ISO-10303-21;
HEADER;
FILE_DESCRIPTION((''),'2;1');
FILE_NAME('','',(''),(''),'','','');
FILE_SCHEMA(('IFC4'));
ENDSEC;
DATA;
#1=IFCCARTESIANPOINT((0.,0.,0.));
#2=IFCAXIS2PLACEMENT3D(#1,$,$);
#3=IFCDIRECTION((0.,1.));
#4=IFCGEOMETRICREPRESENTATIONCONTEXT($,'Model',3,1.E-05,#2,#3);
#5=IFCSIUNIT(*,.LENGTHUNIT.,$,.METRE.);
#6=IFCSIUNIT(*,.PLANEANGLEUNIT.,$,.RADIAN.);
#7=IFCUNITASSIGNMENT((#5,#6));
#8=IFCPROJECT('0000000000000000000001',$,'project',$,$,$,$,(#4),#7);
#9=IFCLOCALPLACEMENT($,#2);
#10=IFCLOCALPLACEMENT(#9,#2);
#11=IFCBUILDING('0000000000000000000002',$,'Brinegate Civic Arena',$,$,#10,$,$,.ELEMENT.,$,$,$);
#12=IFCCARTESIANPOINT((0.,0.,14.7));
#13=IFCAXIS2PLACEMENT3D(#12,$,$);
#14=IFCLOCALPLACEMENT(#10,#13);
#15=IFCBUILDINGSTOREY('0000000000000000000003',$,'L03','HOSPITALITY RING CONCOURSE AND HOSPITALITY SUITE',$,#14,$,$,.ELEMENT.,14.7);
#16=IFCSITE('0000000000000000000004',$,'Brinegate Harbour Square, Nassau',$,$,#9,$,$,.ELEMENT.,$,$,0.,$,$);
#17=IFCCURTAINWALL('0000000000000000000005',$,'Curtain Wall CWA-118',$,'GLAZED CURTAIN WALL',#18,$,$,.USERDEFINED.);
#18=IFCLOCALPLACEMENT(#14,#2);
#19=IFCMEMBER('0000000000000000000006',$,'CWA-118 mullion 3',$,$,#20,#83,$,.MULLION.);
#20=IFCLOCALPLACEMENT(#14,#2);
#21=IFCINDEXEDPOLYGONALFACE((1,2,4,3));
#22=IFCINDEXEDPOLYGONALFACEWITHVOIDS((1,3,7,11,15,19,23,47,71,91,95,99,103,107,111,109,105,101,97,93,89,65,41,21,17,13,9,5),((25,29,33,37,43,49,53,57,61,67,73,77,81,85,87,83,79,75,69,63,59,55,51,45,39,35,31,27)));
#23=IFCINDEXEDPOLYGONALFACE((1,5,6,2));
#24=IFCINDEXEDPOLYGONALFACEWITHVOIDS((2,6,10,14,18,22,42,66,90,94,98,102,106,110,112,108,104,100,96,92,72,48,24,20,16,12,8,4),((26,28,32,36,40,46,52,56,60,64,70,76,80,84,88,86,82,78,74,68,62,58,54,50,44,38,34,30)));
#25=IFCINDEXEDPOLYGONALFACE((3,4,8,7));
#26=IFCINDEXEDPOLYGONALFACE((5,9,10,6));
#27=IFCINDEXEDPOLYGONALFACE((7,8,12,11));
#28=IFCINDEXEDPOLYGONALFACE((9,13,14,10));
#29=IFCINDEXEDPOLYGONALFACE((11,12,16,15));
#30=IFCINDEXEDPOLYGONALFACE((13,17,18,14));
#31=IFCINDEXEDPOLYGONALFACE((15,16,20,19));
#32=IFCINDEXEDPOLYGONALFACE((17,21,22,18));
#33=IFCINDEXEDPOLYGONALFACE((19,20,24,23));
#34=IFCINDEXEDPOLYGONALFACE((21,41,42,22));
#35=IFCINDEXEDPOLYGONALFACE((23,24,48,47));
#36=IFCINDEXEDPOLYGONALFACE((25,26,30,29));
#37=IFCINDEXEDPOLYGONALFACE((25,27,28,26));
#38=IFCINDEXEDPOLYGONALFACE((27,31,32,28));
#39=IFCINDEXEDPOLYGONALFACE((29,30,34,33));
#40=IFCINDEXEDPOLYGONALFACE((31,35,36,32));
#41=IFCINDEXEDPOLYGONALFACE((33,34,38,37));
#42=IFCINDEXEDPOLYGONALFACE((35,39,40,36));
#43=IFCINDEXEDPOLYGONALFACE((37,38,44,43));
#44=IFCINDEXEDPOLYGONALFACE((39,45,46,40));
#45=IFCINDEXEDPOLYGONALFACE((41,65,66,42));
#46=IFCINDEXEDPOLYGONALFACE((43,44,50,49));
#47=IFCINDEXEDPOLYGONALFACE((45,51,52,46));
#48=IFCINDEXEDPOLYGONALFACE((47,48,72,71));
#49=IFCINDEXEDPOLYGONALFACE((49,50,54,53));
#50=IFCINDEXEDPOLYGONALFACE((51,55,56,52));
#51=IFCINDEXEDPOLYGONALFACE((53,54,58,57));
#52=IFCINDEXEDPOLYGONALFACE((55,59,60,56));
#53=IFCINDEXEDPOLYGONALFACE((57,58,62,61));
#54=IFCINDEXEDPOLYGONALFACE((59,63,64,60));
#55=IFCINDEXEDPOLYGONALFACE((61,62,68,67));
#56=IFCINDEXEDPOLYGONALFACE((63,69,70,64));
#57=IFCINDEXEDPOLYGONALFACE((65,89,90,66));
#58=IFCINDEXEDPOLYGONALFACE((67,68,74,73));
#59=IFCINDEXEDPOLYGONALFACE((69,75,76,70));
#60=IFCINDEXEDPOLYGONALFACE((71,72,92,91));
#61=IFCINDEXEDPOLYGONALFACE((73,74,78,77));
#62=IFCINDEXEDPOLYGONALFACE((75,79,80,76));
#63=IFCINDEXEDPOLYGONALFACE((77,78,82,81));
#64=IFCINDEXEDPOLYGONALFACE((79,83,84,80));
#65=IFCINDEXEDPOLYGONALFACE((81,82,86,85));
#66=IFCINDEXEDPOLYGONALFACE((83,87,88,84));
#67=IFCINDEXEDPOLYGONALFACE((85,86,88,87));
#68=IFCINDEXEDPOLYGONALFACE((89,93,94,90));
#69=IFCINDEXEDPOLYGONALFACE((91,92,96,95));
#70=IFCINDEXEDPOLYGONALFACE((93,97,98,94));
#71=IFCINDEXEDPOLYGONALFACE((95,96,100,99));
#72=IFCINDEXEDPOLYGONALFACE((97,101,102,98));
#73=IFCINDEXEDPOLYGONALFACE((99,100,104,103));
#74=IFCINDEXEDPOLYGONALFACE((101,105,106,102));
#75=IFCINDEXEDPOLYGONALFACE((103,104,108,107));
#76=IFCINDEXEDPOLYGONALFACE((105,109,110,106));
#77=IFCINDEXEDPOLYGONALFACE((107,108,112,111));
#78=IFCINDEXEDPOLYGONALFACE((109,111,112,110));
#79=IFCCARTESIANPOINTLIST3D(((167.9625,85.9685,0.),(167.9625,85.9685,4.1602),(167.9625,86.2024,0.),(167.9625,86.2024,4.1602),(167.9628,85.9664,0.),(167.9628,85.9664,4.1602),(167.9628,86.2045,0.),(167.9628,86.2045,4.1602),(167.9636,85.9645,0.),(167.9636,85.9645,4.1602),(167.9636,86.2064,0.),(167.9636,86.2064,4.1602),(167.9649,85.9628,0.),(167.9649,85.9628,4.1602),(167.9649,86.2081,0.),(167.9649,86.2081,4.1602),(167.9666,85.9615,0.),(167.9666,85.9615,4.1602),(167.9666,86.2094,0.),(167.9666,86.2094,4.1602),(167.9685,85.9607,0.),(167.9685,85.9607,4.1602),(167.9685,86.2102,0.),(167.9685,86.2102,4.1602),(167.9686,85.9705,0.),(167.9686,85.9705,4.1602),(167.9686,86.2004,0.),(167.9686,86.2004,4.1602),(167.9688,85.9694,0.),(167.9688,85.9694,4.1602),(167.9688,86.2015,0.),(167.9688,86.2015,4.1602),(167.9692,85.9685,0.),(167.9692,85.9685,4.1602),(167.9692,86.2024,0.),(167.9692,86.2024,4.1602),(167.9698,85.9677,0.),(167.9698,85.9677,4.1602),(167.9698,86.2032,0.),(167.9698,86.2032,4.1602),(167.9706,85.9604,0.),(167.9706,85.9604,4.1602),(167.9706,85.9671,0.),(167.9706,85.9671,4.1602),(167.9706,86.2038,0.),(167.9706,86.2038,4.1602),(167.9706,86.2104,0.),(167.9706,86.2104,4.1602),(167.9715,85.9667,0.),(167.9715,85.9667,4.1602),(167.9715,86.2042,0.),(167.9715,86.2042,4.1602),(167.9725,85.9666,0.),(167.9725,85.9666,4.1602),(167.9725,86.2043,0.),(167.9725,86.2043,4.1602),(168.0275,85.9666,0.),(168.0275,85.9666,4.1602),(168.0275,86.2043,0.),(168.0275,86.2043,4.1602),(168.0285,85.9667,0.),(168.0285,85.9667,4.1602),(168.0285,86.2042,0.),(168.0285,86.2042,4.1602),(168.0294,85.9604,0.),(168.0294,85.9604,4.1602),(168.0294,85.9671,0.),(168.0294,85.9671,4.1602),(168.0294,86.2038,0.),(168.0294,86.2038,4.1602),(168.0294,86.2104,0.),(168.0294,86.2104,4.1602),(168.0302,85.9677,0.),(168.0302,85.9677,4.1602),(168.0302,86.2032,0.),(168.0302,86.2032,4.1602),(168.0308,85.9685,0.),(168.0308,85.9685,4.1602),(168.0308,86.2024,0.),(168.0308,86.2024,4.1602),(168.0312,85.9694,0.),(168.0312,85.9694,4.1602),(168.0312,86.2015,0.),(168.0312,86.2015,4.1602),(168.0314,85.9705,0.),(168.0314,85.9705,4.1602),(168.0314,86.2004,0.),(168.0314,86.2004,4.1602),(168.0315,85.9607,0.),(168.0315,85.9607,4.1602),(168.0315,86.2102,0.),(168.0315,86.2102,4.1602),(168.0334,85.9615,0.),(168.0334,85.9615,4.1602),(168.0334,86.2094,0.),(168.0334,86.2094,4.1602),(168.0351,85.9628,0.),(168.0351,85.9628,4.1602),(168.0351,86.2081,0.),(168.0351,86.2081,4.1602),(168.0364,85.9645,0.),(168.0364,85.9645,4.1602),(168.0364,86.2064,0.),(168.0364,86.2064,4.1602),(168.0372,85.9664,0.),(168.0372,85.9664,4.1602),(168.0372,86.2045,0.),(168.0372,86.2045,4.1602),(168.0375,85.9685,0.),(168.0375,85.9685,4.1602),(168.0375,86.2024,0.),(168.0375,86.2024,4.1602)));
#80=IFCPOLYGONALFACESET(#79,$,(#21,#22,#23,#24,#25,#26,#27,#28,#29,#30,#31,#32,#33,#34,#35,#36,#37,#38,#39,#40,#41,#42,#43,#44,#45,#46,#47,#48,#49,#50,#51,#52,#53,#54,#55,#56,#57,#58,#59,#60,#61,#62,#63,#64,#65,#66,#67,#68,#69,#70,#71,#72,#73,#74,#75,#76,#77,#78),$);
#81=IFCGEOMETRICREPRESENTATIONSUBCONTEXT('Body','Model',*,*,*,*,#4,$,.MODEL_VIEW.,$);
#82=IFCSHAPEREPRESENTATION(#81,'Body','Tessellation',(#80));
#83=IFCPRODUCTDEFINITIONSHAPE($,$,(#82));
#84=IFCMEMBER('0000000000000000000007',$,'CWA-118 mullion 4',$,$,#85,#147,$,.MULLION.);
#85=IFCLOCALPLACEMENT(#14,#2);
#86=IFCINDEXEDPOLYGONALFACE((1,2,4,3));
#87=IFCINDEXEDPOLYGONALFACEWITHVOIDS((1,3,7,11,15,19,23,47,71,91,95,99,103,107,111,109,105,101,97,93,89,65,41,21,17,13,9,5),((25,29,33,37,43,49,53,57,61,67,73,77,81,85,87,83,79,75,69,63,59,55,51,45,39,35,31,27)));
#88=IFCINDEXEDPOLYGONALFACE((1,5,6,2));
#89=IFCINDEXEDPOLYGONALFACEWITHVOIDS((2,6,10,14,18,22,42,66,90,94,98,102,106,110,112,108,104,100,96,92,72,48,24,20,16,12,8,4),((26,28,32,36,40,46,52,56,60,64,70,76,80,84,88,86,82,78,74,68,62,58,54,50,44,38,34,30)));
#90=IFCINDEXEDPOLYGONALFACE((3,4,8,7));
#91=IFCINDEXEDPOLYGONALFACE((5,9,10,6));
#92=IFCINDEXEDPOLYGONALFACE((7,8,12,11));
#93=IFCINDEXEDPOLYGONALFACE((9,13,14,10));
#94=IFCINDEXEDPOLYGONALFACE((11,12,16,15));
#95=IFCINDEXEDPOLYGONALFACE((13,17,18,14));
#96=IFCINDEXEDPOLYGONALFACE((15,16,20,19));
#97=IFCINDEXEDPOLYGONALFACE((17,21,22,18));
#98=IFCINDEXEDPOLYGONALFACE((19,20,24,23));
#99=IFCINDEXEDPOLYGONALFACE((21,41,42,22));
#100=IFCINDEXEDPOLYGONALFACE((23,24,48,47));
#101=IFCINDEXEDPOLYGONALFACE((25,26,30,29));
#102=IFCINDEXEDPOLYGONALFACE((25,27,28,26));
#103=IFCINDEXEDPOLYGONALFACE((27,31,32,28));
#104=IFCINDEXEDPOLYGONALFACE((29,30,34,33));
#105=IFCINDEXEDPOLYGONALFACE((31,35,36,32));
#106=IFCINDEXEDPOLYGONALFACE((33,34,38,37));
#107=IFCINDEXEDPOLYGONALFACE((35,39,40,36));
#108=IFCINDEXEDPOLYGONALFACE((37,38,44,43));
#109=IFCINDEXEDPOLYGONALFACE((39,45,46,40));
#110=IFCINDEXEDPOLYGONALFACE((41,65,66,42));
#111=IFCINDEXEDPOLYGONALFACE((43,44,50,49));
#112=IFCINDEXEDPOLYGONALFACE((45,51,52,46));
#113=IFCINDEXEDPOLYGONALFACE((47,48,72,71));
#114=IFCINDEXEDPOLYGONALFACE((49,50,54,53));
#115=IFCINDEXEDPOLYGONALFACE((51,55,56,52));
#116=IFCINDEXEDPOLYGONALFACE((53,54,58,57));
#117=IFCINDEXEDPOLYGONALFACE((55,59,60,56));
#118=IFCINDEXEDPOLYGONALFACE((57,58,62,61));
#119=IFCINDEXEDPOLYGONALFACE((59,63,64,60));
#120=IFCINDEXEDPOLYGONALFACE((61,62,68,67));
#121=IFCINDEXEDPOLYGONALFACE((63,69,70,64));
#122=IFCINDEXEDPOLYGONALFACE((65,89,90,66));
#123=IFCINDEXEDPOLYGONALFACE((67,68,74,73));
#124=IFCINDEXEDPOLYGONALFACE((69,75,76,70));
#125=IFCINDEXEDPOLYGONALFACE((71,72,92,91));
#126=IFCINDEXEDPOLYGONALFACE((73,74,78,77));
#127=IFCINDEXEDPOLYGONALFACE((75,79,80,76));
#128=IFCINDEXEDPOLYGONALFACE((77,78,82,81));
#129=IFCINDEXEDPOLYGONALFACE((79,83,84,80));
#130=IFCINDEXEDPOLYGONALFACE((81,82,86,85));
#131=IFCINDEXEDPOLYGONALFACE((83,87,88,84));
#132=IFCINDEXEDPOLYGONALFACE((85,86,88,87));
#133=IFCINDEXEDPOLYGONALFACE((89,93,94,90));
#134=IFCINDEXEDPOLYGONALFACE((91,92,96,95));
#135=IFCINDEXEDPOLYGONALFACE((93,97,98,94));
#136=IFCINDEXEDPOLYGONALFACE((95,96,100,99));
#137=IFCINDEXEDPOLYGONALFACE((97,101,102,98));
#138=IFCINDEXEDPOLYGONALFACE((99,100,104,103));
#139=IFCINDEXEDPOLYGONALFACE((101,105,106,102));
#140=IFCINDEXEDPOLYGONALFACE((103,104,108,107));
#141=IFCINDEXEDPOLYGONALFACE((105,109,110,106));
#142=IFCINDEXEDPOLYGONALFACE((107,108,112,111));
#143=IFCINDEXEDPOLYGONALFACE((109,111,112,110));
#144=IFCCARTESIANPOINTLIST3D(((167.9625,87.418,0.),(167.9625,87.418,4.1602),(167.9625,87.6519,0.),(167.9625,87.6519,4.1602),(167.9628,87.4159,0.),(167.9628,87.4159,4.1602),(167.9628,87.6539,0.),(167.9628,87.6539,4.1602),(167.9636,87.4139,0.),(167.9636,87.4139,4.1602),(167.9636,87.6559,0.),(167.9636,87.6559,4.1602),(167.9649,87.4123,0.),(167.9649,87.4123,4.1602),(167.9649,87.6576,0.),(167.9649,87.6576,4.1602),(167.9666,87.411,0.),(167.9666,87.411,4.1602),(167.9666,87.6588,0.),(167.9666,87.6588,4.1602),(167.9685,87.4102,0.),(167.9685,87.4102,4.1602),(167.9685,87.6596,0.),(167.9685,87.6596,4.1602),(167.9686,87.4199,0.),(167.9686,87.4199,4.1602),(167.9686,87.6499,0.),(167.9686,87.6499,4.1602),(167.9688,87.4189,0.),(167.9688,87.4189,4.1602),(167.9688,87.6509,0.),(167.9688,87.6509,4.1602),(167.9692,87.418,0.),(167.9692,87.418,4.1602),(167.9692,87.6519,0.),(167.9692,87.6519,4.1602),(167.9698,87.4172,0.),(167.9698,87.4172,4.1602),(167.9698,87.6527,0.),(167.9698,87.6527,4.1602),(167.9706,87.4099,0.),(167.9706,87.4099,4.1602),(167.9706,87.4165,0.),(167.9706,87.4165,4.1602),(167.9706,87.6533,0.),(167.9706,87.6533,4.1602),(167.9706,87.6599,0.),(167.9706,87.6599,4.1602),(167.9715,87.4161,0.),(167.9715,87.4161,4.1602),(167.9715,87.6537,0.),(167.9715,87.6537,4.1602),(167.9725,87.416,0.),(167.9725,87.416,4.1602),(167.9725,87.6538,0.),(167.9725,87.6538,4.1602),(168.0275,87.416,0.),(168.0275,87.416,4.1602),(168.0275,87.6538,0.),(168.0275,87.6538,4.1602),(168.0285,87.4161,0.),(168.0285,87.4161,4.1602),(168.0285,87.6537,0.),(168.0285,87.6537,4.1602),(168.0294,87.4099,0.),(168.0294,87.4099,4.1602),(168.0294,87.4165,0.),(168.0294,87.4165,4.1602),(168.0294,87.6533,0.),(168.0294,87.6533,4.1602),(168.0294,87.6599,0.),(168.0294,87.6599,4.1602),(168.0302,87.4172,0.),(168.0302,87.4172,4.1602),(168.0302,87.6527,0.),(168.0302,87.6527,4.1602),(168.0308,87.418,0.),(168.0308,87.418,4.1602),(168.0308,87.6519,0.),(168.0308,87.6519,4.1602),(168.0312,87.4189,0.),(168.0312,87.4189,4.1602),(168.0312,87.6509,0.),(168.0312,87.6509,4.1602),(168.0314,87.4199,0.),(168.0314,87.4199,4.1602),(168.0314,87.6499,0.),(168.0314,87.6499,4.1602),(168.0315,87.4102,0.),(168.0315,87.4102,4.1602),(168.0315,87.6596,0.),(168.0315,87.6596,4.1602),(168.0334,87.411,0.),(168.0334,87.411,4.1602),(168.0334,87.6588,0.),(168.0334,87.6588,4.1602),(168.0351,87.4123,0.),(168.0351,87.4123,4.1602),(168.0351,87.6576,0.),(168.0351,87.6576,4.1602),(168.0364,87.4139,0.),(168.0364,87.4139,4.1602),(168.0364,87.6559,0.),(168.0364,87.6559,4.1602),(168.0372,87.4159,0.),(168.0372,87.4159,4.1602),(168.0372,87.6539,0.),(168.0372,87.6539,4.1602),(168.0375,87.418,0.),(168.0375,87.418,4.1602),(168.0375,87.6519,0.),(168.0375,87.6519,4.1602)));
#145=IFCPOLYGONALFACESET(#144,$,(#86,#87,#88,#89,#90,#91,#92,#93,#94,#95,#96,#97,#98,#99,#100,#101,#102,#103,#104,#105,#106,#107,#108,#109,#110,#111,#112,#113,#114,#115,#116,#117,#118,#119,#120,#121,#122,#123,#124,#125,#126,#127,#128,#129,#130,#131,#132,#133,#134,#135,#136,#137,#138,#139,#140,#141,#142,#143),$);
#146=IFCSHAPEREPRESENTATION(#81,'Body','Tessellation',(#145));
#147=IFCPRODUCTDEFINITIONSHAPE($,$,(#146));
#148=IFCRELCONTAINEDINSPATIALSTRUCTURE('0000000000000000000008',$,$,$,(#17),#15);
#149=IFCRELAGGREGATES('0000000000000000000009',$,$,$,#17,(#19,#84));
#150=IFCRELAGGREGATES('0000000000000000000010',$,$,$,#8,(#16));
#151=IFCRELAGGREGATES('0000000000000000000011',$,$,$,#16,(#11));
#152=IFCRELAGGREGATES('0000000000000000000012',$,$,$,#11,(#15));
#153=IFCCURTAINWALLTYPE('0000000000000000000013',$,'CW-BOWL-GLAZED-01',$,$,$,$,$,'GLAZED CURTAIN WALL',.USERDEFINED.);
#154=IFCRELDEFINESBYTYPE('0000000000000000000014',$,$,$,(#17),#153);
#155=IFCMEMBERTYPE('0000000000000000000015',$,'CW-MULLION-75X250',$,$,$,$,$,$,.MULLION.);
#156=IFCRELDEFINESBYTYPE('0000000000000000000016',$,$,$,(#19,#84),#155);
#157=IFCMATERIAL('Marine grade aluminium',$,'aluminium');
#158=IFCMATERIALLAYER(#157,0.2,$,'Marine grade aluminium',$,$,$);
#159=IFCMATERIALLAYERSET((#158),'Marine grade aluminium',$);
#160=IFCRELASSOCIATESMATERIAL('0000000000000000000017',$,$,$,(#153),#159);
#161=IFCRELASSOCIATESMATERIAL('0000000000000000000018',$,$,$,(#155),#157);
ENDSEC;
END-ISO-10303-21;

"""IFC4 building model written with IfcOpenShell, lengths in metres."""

from ifc_helpers import new_model, si_unit, direction, frame, origin, origin_2d, place, context, subcontext, project, spatial, hollow_rectangle, extrude, material, layer, layer_set, material_profile, profile_set, type_object, element, aggregate, save


model = new_model("IFC4")

# Units and contexts
model_context = context("Model", 3, precision=1e-05, world=origin(), true_north=direction((0.0, 1.0)))
body_context = subcontext(model_context, "Body", "Model", "MODEL_VIEW")
ifc_project = project(units=[si_unit("LENGTHUNIT", "METRE"), si_unit("PLANEANGLEUNIT", "RADIAN")], contexts=[model_context])

# Site, building, storey
site_placement = place(None, origin())
site = spatial("IfcSite", under=ifc_project, at=site_placement, Name="Brinegate Harbour Square, Nassau", CompositionType="ELEMENT", RefElevation=0.0)
building_placement = place(site_placement, origin())
building = spatial("IfcBuilding", under=site, at=building_placement, Name="Brinegate Civic Arena", CompositionType="ELEMENT")
storey_placement = place(building_placement, frame((0.0, 0.0, 14.7)))
storey = spatial("IfcBuildingStorey", under=building, at=storey_placement, Name="L03", Description="HOSPITALITY RING CONCOURSE AND HOSPITALITY SUITE", CompositionType="ELEMENT", Elevation=14.7)

# Curtain wall, members
ifc_material_1 = material(Name="Marine grade aluminium", Category="aluminium")
ifc_layer_1 = layer(ifc_material_1, 0.2, Name="Marine grade aluminium")
ifc_layer_set_1 = layer_set([ifc_layer_1], Name="Marine grade aluminium")
curtain_wall_type = type_object("IfcCurtainWallType", Name="CW-BOWL-GLAZED-01", ElementType="GLAZED CURTAIN WALL", PredefinedType="USERDEFINED", material=ifc_layer_set_1)
curtain_wall_placement = place(storey_placement, origin())
curtain_wall = element("IfcCurtainWall", 1, at=curtain_wall_placement, inside=storey, type_object=curtain_wall_type, Name="Curtain Wall CWA-118", ObjectType="GLAZED CURTAIN WALL", PredefinedType="USERDEFINED")
ifc_material_profile_1 = material_profile(ifc_material_1, hollow_rectangle(XDim=0.075, YDim=0.25, WallThickness=0.0061, InnerFilletRadius=0.0039, OuterFilletRadius=0.0081, at=origin_2d()), Name="MUL75X250")
ifc_profile_set_1 = profile_set([ifc_material_profile_1], Name="Marine grade aluminium")
member_type_1 = type_object("IfcMemberType", Name="CW-MULLION-75X250", PredefinedType="MULLION", material=ifc_profile_set_1)
member_1_placement = place(storey_placement, frame((168.0, 86.0854, 0.0), z_axis=(0.0, 0.0, 1.0), x_axis=(-1.0, 0.0, 0.0)))
member_1 = element("IfcMember", 2, at=member_1_placement, type_object=member_type_1, Name="CWA-118 mullion 3", PredefinedType="MULLION", context=body_context, shape_type="SweptSolid", body=[
    extrude(hollow_rectangle(XDim=0.075, YDim=0.25, WallThickness=0.0061, InnerFilletRadius=0.0039, OuterFilletRadius=0.0081, at=origin_2d()), origin(), (0.0, 0.0, 1.0), 4.1602),
])
member_2_placement = place(storey_placement, frame((168.0, 87.5349, 0.0), z_axis=(0.0, 0.0, 1.0), x_axis=(-1.0, 0.0, 0.0)))
member_2 = element("IfcMember", 3, at=member_2_placement, type_object=member_type_1, Name="CWA-118 mullion 4", PredefinedType="MULLION", context=body_context, shape_type="SweptSolid", body=[
    extrude(hollow_rectangle(XDim=0.075, YDim=0.25, WallThickness=0.0061, InnerFilletRadius=0.0039, OuterFilletRadius=0.0081, at=origin_2d()), origin(), (0.0, 0.0, 1.0), 4.1602),
])

aggregate(curtain_wall, [member_1, member_2])

save(model, "model.ifc")
